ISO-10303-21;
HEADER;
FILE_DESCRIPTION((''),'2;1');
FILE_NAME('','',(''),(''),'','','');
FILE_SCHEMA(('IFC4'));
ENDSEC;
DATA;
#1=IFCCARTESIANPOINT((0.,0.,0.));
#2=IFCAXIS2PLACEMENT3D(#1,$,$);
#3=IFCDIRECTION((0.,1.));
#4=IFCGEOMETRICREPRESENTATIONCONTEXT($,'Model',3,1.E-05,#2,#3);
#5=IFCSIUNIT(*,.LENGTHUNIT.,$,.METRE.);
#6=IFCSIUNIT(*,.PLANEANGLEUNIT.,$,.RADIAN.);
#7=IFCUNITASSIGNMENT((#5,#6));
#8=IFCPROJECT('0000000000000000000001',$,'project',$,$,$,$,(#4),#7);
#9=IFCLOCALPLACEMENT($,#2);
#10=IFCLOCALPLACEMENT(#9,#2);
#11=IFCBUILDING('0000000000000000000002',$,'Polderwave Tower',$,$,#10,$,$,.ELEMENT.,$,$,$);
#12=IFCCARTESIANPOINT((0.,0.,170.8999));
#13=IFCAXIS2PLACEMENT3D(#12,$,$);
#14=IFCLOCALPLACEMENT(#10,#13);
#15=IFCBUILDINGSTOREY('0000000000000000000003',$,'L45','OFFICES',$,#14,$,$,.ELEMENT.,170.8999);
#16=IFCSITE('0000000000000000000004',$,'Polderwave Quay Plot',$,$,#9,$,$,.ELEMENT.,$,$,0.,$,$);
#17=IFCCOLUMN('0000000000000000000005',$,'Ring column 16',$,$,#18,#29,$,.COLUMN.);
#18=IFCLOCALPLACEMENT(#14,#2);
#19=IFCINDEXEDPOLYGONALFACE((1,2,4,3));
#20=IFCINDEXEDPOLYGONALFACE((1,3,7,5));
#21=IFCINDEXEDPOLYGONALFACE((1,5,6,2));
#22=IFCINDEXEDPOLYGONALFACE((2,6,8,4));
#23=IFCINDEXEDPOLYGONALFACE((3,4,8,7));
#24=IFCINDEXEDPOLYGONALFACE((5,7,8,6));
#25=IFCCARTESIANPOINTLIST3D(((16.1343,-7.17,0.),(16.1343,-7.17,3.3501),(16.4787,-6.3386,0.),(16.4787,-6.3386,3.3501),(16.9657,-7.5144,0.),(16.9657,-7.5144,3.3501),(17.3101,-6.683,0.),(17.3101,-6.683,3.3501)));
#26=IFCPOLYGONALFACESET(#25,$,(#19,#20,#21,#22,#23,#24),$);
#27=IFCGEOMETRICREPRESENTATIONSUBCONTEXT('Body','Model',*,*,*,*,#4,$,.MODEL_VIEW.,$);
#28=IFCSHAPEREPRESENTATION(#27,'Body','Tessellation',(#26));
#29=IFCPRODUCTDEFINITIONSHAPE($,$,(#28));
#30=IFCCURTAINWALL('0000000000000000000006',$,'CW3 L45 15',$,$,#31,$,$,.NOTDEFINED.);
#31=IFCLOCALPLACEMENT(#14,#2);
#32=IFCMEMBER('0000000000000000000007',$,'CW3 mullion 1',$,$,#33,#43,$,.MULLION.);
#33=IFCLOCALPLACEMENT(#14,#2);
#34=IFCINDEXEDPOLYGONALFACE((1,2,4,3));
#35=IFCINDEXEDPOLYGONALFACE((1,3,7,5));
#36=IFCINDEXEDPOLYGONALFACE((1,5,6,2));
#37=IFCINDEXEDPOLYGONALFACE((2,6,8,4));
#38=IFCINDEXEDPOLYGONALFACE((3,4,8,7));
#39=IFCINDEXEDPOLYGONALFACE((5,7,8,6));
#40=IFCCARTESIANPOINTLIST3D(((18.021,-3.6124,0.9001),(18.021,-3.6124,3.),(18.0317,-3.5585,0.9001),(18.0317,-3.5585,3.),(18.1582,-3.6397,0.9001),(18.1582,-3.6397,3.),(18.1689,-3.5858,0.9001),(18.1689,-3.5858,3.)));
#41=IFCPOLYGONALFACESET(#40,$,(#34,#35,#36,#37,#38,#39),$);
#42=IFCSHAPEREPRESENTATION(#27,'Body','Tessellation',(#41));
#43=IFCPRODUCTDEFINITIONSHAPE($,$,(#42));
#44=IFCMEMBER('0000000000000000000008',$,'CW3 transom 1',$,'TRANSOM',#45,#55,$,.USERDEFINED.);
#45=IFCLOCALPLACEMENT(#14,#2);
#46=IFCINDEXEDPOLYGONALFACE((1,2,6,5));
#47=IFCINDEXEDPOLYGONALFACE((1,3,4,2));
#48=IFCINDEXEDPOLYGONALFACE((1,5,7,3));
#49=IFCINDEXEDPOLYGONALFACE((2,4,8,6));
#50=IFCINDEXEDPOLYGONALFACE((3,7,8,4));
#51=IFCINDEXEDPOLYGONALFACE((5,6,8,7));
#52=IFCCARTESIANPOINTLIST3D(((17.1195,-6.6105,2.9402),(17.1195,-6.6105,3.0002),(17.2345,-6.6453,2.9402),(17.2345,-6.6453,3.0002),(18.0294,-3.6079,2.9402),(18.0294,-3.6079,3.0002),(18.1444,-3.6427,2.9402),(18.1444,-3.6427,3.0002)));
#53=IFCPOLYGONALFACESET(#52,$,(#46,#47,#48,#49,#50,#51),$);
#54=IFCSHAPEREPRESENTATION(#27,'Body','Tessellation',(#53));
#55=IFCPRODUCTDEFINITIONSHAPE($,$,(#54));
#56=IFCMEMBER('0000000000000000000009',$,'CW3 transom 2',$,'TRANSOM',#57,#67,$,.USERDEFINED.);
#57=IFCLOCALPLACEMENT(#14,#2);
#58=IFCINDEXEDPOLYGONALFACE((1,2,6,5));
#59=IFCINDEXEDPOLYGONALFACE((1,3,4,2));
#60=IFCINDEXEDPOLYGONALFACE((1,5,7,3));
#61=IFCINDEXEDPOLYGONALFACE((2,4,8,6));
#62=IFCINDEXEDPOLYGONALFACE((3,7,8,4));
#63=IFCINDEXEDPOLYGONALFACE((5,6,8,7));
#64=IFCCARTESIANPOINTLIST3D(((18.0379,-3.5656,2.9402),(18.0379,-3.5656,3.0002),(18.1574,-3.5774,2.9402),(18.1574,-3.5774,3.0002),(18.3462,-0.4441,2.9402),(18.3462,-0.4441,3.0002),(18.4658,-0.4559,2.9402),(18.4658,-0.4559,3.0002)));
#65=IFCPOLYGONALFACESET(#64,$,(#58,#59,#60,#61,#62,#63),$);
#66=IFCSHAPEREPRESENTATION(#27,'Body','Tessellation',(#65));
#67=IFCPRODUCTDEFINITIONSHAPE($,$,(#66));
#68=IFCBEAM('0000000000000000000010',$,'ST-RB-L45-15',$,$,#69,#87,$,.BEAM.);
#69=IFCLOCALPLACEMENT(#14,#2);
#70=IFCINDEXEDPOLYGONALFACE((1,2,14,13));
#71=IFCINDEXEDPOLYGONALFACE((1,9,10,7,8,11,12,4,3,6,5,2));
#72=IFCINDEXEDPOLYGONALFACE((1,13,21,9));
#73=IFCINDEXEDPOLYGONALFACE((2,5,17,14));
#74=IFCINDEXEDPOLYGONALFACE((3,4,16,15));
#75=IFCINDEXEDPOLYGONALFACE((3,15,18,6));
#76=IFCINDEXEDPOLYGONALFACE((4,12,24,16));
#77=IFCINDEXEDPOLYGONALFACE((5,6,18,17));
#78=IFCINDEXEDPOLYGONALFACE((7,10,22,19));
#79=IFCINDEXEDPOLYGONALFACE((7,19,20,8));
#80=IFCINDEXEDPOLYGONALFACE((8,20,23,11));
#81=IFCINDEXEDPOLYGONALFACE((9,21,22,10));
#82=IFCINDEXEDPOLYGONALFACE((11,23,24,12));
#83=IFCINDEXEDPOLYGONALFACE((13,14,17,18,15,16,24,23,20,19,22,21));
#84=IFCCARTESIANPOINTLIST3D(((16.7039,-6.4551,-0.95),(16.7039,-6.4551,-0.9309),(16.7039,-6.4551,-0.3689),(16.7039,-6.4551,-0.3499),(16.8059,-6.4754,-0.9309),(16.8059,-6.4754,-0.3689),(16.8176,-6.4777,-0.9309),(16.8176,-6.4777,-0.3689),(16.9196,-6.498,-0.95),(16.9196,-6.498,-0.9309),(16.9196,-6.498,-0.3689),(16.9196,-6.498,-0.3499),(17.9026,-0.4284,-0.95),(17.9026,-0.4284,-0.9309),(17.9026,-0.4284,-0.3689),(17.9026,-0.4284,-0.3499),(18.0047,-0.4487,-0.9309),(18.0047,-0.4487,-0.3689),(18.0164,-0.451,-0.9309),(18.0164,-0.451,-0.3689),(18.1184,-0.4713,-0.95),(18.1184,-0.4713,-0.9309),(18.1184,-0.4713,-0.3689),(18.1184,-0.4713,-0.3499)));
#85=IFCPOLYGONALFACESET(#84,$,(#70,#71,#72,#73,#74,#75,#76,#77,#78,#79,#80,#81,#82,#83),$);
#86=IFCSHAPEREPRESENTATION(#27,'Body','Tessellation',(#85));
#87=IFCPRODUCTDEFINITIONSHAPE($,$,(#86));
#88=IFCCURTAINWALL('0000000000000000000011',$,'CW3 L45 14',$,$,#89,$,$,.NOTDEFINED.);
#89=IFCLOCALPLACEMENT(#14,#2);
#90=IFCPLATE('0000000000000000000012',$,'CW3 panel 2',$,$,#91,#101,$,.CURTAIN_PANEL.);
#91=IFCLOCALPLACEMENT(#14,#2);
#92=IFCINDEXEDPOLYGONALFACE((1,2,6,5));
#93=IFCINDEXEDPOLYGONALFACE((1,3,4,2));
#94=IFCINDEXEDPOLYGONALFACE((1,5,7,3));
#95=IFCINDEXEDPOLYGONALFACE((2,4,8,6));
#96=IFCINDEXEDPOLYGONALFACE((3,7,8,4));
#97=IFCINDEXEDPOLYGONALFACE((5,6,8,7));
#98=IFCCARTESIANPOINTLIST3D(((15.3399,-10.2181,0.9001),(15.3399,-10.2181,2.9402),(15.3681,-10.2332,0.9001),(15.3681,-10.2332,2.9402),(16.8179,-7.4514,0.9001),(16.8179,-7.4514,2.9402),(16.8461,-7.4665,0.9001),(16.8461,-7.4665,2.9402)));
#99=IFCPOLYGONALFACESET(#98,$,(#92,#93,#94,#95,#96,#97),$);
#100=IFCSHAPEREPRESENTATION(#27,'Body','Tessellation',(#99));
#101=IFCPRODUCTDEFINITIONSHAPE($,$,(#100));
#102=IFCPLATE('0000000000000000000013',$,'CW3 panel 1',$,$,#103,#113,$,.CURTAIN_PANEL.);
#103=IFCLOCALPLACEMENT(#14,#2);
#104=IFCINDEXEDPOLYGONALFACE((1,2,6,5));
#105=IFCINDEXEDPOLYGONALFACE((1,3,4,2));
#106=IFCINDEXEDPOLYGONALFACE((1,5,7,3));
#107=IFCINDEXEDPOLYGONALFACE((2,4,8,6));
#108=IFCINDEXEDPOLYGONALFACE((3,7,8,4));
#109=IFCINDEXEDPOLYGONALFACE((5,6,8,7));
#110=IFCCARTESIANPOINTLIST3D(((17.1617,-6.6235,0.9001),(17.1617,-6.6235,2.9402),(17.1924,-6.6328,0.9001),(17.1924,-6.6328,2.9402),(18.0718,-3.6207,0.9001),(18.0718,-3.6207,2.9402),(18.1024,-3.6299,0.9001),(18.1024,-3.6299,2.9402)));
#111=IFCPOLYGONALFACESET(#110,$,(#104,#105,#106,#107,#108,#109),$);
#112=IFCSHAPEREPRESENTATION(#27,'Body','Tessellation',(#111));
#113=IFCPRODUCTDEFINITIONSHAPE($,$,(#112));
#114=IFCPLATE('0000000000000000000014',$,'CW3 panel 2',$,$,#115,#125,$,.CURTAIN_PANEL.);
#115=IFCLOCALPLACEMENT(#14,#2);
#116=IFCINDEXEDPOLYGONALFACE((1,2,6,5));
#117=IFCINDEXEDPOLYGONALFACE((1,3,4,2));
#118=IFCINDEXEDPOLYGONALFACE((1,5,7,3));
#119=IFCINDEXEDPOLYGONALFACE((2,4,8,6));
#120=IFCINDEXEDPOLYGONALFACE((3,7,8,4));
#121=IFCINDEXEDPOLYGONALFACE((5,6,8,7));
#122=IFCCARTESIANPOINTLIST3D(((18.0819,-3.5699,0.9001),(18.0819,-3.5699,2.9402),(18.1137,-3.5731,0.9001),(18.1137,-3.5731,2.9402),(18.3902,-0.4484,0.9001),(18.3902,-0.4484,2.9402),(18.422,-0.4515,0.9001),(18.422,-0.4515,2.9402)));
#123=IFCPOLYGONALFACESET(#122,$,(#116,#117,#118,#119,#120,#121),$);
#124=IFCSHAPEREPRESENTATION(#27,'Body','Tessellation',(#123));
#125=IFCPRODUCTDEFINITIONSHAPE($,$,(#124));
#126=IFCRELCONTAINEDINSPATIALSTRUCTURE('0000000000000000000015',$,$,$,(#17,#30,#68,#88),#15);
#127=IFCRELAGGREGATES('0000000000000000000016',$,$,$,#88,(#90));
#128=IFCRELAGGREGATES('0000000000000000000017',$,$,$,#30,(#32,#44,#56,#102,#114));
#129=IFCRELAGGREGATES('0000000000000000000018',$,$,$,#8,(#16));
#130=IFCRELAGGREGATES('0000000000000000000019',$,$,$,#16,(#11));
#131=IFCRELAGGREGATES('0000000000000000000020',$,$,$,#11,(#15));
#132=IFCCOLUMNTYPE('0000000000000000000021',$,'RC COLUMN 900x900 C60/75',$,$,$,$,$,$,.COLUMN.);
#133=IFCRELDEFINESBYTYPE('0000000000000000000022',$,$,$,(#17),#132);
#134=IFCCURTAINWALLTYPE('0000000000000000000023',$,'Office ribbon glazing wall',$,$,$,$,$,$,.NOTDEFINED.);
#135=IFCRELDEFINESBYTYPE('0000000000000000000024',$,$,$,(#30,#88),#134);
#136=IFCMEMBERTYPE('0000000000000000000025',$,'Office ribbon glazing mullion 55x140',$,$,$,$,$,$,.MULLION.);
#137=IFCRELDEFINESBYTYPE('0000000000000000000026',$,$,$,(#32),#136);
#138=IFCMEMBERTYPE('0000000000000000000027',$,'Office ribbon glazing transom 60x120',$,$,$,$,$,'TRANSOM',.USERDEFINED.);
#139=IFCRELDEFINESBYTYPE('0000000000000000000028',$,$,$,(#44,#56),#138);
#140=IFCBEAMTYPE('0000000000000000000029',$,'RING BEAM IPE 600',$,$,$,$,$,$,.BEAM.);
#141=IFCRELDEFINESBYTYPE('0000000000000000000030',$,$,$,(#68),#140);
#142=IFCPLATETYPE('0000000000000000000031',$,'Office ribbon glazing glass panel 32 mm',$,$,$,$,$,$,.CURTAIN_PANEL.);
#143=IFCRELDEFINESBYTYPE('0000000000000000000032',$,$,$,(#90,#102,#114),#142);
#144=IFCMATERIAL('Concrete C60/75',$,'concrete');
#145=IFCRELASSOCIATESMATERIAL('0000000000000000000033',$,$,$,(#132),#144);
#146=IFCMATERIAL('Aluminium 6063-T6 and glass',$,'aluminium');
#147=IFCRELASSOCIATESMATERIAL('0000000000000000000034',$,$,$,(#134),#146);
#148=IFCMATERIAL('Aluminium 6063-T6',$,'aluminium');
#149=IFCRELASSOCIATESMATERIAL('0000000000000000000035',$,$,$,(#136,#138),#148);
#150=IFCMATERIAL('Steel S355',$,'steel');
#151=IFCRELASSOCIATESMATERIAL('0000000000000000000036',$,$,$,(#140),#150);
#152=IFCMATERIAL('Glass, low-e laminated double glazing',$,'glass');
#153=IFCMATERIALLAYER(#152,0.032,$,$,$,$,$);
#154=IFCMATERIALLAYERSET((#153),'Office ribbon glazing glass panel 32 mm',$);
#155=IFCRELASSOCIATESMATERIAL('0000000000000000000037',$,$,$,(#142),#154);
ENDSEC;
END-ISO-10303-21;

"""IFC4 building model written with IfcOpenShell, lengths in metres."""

from ifc_helpers import new_model, si_unit, direction, frame, origin, origin_2d, place, context, subcontext, project, spatial, rectangle, i_section, extrude, material, layer, layer_set, material_profile, profile_set, type_object, element, aggregate, save


model = new_model("IFC4")

# Units and contexts
model_context = context("Model", 3, precision=1e-05, world=origin(), true_north=direction((0.0, 1.0)))
body_context = subcontext(model_context, "Body", "Model", "MODEL_VIEW")
ifc_project = project(units=[si_unit("LENGTHUNIT", "METRE"), si_unit("PLANEANGLEUNIT", "RADIAN")], contexts=[model_context])

# Site, building, storey
site_placement = place(None, origin())
site = spatial("IfcSite", under=ifc_project, at=site_placement, Name="Polderwave Quay Plot", CompositionType="ELEMENT", RefElevation=0.0)
building_placement = place(site_placement, origin())
building = spatial("IfcBuilding", under=site, at=building_placement, Name="Polderwave Tower", CompositionType="ELEMENT")
storey_placement = place(building_placement, frame((0.0, 0.0, 170.8999)))
storey = spatial("IfcBuildingStorey", under=building, at=storey_placement, Name="L45", Description="OFFICES", CompositionType="ELEMENT", Elevation=170.8999)

# Column
ifc_material_1 = material(Name="Concrete C60/75", Category="concrete")
ifc_material_profile_1 = material_profile(ifc_material_1, rectangle(XDim=0.8999, YDim=0.8999, at=origin_2d()), Name="RC 900x900")
ifc_profile_set_1 = profile_set([ifc_material_profile_1], Name="Concrete C60/75")
column_type = type_object("IfcColumnType", Name="RC COLUMN 900x900 C60/75", PredefinedType="COLUMN", material=ifc_profile_set_1)
column_placement = place(storey_placement, frame((16.7222, -6.9265, 0.0), z_axis=(0.0, 0.0, 1.0), x_axis=(0.92388, -0.382683, 0.0)))
element("IfcColumn", 1, at=column_placement, inside=storey, type_object=column_type, Name="Ring column 16", PredefinedType="COLUMN", context=body_context, shape_type="SweptSolid", body=[
    extrude(rectangle(XDim=0.8999, YDim=0.8999, at=origin_2d()), origin(), (0.0, 0.0, 1.0), 3.3501),
])

# Curtain wall, members
ifc_material_2 = material(Name="Aluminium 6063-T6 and glass", Category="aluminium")
curtain_wall_type = type_object("IfcCurtainWallType", Name="Office ribbon glazing wall", PredefinedType="NOTDEFINED", material=ifc_material_2)
curtain_wall_1_placement = place(storey_placement, origin())
curtain_wall_1 = element("IfcCurtainWall", 2, at=curtain_wall_1_placement, inside=storey, type_object=curtain_wall_type, Name="CW3 L45 15", PredefinedType="NOTDEFINED")
ifc_material_3 = material(Name="Aluminium 6063-T6", Category="aluminium")
ifc_material_profile_2 = material_profile(ifc_material_3, rectangle(XDim=0.1399, YDim=0.0549, at=origin_2d()), Name="AL 55x140")
ifc_profile_set_2 = profile_set([ifc_material_profile_2], Name="Aluminium 6063-T6")
member_type_1 = type_object("IfcMemberType", Name="Office ribbon glazing mullion 55x140", PredefinedType="MULLION", material=ifc_profile_set_2)
member_1_placement = place(storey_placement, frame((18.095, -3.5991, 0.9001), z_axis=(0.0, 0.0, 1.0), x_axis=(-0.980784, 0.195097, 0.0)))
member_1 = element("IfcMember", 3, at=member_1_placement, type_object=member_type_1, Name="CW3 mullion 1", PredefinedType="MULLION", context=body_context, shape_type="SweptSolid", body=[
    extrude(rectangle(XDim=0.1399, YDim=0.0549, at=origin_2d()), origin(), (0.0, 0.0, 1.0), 2.0999),
])
ifc_material_profile_3 = material_profile(ifc_material_3, rectangle(XDim=0.1201, YDim=0.0601, at=origin_2d()), Name="AL 60x120")
ifc_profile_set_3 = profile_set([ifc_material_profile_3], Name="Aluminium 6063-T6")
member_type_2 = type_object("IfcMemberType", Name="Office ribbon glazing transom 60x120", ElementType="TRANSOM", PredefinedType="USERDEFINED", material=ifc_profile_set_3)
member_2_placement = place(storey_placement, frame((17.177, -6.6279, 2.9702), z_axis=(0.29001, 0.957024, 0.0), x_axis=(-0.957024, 0.29001, 0.0)))
member_2 = element("IfcMember", 4, at=member_2_placement, type_object=member_type_2, Name="CW3 transom 1", ObjectType="TRANSOM", PredefinedType="USERDEFINED", context=body_context, shape_type="SweptSolid", body=[
    extrude(rectangle(XDim=0.1201, YDim=0.0601, at=origin_2d()), origin(), (0.0, 0.0, 1.0), 3.1375),
])
member_3_placement = place(storey_placement, frame((18.0977, -3.5715, 2.9702), z_axis=(0.098301, 0.995157, 0.0), x_axis=(-0.995157, 0.098301, 0.0)))
member_3 = element("IfcMember", 5, at=member_3_placement, type_object=member_type_2, Name="CW3 transom 2", ObjectType="TRANSOM", PredefinedType="USERDEFINED", context=body_context, shape_type="SweptSolid", body=[
    extrude(rectangle(XDim=0.1201, YDim=0.0601, at=origin_2d()), origin(), (0.0, 0.0, 1.0), 3.1367),
])

# Beam
ifc_material_4 = material(Name="Steel S355", Category="steel")
ifc_material_profile_4 = material_profile(ifc_material_4, i_section(OverallWidth=0.22, OverallDepth=0.6001, WebThickness=0.012, FlangeThickness=0.019, at=origin_2d()), Name="IPE 600")
ifc_profile_set_4 = profile_set([ifc_material_profile_4], Name="Steel S355")
beam_type = type_object("IfcBeamType", Name="RING BEAM IPE 600", PredefinedType="BEAM", material=ifc_profile_set_4)
beam_placement = place(storey_placement, frame((16.8118, -6.4766, -0.6499), z_axis=(0.195085, 0.980786, 0.0), x_axis=(-0.980786, 0.195085, 0.0)))
element("IfcBeam", 6, at=beam_placement, inside=storey, type_object=beam_type, Name="ST-RB-L45-15", PredefinedType="BEAM", context=body_context, shape_type="SweptSolid", body=[
    extrude(i_section(OverallWidth=0.22, OverallDepth=0.6001, WebThickness=0.012, FlangeThickness=0.019, at=origin_2d()), origin(), (0.0, 0.0, 1.0), 6.1448),
])

# Curtain wall, plate
curtain_wall_2_placement = place(storey_placement, origin())
curtain_wall_2 = element("IfcCurtainWall", 7, at=curtain_wall_2_placement, inside=storey, type_object=curtain_wall_type, Name="CW3 L45 14", PredefinedType="NOTDEFINED")
ifc_material_5 = material(Name="Glass, low-e laminated double glazing", Category="glass")
ifc_layer_1 = layer(ifc_material_5, 0.032)
ifc_layer_set_1 = layer_set([ifc_layer_1], Name="Office ribbon glazing glass panel 32 mm")
plate_type = type_object("IfcPlateType", Name="Office ribbon glazing glass panel 32 mm", PredefinedType="CURTAIN_PANEL", material=ifc_layer_set_1)
plate_1_placement = place(storey_placement, frame((16.093, -8.8423, 0.9001), z_axis=(0.0, 0.0, 1.0), x_axis=(0.471195, 0.882029, 0.0)))
plate_1 = element("IfcPlate", 8, at=plate_1_placement, type_object=plate_type, Name="CW3 panel 2", PredefinedType="CURTAIN_PANEL", context=body_context, shape_type="SweptSolid", body=[
    extrude(rectangle(XDim=3.1367, YDim=0.032, at=origin_2d()), origin(), (0.0, 0.0, 1.0), 2.04),
])
aggregate(curtain_wall_2, [plate_1])

# Plates
plate_2_placement = place(storey_placement, frame((17.6321, -5.1267, 0.9001), z_axis=(0.0, 0.0, 1.0), x_axis=(0.290042, 0.957014, 0.0)))
plate_2 = element("IfcPlate", 9, at=plate_2_placement, type_object=plate_type, Name="CW3 panel 1", PredefinedType="CURTAIN_PANEL", context=body_context, shape_type="SweptSolid", body=[
    extrude(rectangle(XDim=3.1377, YDim=0.032, at=origin_2d()), origin(), (0.0, 0.0, 1.0), 2.04),
])
plate_3_placement = place(storey_placement, frame((18.252, -2.0107, 0.9001), z_axis=(0.0, 0.0, 1.0), x_axis=(0.098283, 0.995159, 0.0)))
plate_3 = element("IfcPlate", 10, at=plate_3_placement, type_object=plate_type, Name="CW3 panel 2", PredefinedType="CURTAIN_PANEL", context=body_context, shape_type="SweptSolid", body=[
    extrude(rectangle(XDim=3.1367, YDim=0.032, at=origin_2d()), origin(), (0.0, 0.0, 1.0), 2.04),
])
aggregate(curtain_wall_1, [member_1, member_2, member_3, plate_2, plate_3])

save(model, "model.ifc")
